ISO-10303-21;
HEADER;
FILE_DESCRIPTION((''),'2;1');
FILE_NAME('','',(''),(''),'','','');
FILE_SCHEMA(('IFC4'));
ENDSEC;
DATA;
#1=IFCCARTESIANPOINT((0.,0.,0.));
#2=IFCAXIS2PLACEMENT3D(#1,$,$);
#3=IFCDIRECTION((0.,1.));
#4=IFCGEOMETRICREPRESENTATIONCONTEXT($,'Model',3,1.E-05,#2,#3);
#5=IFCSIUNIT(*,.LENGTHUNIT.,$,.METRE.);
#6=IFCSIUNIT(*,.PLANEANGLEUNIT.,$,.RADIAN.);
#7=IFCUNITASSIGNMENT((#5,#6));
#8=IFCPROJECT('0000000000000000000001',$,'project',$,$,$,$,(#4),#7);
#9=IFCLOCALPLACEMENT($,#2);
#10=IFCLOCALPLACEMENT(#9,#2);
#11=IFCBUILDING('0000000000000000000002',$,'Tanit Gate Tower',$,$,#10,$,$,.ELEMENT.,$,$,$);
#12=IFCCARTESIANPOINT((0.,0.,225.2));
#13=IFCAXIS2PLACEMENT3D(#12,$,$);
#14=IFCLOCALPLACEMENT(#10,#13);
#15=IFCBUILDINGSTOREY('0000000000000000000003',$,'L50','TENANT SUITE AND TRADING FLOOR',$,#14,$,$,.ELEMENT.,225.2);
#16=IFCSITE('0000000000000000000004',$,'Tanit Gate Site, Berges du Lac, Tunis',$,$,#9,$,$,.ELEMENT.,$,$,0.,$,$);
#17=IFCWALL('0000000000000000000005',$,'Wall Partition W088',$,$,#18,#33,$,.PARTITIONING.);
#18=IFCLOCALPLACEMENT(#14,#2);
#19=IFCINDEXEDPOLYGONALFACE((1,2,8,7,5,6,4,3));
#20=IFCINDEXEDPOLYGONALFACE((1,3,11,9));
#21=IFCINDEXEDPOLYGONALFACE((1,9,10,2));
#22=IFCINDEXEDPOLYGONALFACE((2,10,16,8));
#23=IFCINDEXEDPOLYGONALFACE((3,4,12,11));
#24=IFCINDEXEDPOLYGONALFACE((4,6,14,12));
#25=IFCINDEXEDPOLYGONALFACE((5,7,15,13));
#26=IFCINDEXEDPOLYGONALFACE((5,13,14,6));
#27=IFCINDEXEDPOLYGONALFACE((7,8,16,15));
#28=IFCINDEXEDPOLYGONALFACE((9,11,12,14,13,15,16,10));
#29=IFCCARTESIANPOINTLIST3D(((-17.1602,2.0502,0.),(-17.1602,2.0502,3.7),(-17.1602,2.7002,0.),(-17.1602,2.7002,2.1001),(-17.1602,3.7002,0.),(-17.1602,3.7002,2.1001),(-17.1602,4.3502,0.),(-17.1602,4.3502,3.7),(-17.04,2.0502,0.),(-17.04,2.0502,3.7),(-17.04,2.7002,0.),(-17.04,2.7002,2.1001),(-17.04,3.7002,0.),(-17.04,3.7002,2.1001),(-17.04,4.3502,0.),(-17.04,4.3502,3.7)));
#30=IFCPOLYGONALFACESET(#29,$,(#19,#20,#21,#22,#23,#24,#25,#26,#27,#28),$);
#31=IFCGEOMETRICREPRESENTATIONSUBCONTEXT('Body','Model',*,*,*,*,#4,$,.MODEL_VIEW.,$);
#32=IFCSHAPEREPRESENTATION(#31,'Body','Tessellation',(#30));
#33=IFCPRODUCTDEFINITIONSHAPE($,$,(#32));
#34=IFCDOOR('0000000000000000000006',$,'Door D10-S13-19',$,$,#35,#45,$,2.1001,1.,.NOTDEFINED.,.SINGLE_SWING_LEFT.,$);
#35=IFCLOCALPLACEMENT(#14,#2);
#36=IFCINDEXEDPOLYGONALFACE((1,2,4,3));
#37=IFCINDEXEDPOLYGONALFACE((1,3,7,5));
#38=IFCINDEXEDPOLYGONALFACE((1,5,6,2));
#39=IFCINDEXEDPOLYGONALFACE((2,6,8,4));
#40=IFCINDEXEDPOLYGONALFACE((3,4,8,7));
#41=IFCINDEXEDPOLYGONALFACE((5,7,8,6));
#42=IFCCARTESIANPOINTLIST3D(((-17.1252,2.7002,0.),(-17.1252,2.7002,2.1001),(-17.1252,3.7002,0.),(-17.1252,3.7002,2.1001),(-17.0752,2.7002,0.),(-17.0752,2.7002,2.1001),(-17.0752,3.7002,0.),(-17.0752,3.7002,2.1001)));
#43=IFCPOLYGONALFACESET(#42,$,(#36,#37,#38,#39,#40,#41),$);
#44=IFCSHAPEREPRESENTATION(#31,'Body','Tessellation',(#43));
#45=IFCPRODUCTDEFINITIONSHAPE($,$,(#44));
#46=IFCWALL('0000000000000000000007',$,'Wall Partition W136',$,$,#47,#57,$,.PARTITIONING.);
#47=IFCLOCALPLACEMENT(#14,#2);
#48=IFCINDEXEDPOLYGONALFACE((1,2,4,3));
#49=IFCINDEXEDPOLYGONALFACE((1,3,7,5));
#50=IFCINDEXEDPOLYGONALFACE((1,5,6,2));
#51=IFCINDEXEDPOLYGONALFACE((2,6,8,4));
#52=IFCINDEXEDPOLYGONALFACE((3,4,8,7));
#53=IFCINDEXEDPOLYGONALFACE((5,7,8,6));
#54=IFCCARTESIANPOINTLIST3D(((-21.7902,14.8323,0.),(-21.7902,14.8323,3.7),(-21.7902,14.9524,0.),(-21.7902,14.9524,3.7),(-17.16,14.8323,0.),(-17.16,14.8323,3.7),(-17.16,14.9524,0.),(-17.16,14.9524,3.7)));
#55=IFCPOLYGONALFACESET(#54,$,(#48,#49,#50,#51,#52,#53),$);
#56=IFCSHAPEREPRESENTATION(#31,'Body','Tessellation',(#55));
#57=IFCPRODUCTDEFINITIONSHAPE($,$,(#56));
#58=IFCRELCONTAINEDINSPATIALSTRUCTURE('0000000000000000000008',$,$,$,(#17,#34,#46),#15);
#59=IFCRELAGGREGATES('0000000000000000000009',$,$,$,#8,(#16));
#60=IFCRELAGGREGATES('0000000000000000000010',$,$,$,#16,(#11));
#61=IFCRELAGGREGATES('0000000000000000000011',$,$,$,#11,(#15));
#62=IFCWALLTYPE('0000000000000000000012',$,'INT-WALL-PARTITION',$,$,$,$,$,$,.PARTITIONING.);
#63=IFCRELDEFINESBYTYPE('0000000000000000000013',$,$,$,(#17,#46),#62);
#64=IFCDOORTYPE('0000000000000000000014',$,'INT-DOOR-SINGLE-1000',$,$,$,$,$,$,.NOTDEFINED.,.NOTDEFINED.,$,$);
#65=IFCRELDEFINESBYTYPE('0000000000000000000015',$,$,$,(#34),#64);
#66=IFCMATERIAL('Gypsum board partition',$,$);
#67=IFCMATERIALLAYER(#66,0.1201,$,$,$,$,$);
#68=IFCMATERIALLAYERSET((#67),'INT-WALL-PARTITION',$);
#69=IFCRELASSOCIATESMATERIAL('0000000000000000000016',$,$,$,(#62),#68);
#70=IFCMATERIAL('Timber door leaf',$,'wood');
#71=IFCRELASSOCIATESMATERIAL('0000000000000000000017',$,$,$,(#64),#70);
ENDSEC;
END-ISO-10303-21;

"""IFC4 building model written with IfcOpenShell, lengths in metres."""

from ifc_helpers import new_model, si_unit, direction, frame, frame_2d, origin, place, context, subcontext, project, spatial, rectangle, extrude, material, layer, layer_set, type_object, element, fill, save


model = new_model("IFC4")

# Units and contexts
model_context = context("Model", 3, precision=1e-05, world=origin(), true_north=direction((0.0, 1.0)))
body_context = subcontext(model_context, "Body", "Model", "MODEL_VIEW")
ifc_project = project(units=[si_unit("LENGTHUNIT", "METRE"), si_unit("PLANEANGLEUNIT", "RADIAN")], contexts=[model_context])

# Site, building, storey
site_placement = place(None, origin())
site = spatial("IfcSite", under=ifc_project, at=site_placement, Name="Tanit Gate Site, Berges du Lac, Tunis", CompositionType="ELEMENT", RefElevation=0.0)
building_placement = place(site_placement, origin())
building = spatial("IfcBuilding", under=site, at=building_placement, Name="Tanit Gate Tower", CompositionType="ELEMENT")
storey_placement = place(building_placement, frame((0.0, 0.0, 225.2)))
storey = spatial("IfcBuildingStorey", under=building, at=storey_placement, Name="L50", Description="TENANT SUITE AND TRADING FLOOR", CompositionType="ELEMENT", Elevation=225.2)

# Wall, opening, door
ifc_material_1 = material(Name="Gypsum board partition")
ifc_layer_1 = layer(ifc_material_1, 0.1201)
ifc_layer_set_1 = layer_set([ifc_layer_1], Name="INT-WALL-PARTITION")
wall_type_1 = type_object("IfcWallType", Name="INT-WALL-PARTITION", PredefinedType="PARTITIONING", material=ifc_layer_set_1)
wall_1_placement = place(storey_placement, frame((-17.1001, 4.3501, 0.0), z_axis=(0.0, 0.0, 1.0), x_axis=(0.0, -1.0, 0.0)))
wall_1 = element("IfcWall", 1, at=wall_1_placement, inside=storey, type_object=wall_type_1, Name="Wall Partition W088", PredefinedType="PARTITIONING", context=body_context, shape_type="SweptSolid", body=[
    extrude(rectangle(XDim=2.3, YDim=0.1201, at=frame_2d((1.1499, 0.0))), origin(), (0.0, 0.0, 1.0), 3.7),
])
opening_1_placement = place(wall_1_placement, frame((0.6499, 0.0, 0.0)))
opening_1 = element("IfcOpeningElement", 2, at=opening_1_placement, cuts=wall_1, PredefinedType="OPENING", context=body_context, shape_type="SweptSolid", body=[
    extrude(rectangle(XDim=1.0, YDim=2.1001, at=frame_2d((0.5, 1.05))), frame((0.0, 0.0701, 0.0), z_axis=(0.0, -1.0, 0.0), x_axis=(1.0, 0.0, 0.0)), (0.0, 0.0, 1.0), 0.1401),
])
ifc_material_2 = material(Name="Timber door leaf", Category="wood")
door_type_1 = type_object("IfcDoorType", Name="INT-DOOR-SINGLE-1000", OperationType="NOTDEFINED", PredefinedType="NOTDEFINED", material=ifc_material_2)
door_1_placement = place(opening_1_placement, origin())
door_1 = element("IfcDoor", 3, at=door_1_placement, inside=storey, type_object=door_type_1, Name="Door D10-S13-19", OperationType="SINGLE_SWING_LEFT", OverallHeight=2.1001, OverallWidth=1.0, PredefinedType="NOTDEFINED", context=body_context, shape_type="SweptSolid", body=[
    extrude(rectangle(XDim=1.0, YDim=2.1001, at=frame_2d((0.5, 1.05))), frame((0.0, 0.0249, 0.0), z_axis=(0.0, -1.0, 0.0), x_axis=(1.0, 0.0, 0.0)), (0.0, 0.0, 1.0), 0.05),
])
fill(opening_1, door_1)

# Wall
wall_2_placement = place(storey_placement, frame((-21.79, 14.8923, 0.0), z_axis=(0.0, 0.0, 1.0), x_axis=(1.0, 0.0, 0.0)))
element("IfcWall", 4, at=wall_2_placement, inside=storey, type_object=wall_type_1, Name="Wall Partition W136", PredefinedType="PARTITIONING", context=body_context, shape_type="SweptSolid", body=[
    extrude(rectangle(XDim=4.6301, YDim=0.1201, at=frame_2d((2.3149, 0.0))), origin(), (0.0, 0.0, 1.0), 3.7),
])

save(model, "model.ifc")
